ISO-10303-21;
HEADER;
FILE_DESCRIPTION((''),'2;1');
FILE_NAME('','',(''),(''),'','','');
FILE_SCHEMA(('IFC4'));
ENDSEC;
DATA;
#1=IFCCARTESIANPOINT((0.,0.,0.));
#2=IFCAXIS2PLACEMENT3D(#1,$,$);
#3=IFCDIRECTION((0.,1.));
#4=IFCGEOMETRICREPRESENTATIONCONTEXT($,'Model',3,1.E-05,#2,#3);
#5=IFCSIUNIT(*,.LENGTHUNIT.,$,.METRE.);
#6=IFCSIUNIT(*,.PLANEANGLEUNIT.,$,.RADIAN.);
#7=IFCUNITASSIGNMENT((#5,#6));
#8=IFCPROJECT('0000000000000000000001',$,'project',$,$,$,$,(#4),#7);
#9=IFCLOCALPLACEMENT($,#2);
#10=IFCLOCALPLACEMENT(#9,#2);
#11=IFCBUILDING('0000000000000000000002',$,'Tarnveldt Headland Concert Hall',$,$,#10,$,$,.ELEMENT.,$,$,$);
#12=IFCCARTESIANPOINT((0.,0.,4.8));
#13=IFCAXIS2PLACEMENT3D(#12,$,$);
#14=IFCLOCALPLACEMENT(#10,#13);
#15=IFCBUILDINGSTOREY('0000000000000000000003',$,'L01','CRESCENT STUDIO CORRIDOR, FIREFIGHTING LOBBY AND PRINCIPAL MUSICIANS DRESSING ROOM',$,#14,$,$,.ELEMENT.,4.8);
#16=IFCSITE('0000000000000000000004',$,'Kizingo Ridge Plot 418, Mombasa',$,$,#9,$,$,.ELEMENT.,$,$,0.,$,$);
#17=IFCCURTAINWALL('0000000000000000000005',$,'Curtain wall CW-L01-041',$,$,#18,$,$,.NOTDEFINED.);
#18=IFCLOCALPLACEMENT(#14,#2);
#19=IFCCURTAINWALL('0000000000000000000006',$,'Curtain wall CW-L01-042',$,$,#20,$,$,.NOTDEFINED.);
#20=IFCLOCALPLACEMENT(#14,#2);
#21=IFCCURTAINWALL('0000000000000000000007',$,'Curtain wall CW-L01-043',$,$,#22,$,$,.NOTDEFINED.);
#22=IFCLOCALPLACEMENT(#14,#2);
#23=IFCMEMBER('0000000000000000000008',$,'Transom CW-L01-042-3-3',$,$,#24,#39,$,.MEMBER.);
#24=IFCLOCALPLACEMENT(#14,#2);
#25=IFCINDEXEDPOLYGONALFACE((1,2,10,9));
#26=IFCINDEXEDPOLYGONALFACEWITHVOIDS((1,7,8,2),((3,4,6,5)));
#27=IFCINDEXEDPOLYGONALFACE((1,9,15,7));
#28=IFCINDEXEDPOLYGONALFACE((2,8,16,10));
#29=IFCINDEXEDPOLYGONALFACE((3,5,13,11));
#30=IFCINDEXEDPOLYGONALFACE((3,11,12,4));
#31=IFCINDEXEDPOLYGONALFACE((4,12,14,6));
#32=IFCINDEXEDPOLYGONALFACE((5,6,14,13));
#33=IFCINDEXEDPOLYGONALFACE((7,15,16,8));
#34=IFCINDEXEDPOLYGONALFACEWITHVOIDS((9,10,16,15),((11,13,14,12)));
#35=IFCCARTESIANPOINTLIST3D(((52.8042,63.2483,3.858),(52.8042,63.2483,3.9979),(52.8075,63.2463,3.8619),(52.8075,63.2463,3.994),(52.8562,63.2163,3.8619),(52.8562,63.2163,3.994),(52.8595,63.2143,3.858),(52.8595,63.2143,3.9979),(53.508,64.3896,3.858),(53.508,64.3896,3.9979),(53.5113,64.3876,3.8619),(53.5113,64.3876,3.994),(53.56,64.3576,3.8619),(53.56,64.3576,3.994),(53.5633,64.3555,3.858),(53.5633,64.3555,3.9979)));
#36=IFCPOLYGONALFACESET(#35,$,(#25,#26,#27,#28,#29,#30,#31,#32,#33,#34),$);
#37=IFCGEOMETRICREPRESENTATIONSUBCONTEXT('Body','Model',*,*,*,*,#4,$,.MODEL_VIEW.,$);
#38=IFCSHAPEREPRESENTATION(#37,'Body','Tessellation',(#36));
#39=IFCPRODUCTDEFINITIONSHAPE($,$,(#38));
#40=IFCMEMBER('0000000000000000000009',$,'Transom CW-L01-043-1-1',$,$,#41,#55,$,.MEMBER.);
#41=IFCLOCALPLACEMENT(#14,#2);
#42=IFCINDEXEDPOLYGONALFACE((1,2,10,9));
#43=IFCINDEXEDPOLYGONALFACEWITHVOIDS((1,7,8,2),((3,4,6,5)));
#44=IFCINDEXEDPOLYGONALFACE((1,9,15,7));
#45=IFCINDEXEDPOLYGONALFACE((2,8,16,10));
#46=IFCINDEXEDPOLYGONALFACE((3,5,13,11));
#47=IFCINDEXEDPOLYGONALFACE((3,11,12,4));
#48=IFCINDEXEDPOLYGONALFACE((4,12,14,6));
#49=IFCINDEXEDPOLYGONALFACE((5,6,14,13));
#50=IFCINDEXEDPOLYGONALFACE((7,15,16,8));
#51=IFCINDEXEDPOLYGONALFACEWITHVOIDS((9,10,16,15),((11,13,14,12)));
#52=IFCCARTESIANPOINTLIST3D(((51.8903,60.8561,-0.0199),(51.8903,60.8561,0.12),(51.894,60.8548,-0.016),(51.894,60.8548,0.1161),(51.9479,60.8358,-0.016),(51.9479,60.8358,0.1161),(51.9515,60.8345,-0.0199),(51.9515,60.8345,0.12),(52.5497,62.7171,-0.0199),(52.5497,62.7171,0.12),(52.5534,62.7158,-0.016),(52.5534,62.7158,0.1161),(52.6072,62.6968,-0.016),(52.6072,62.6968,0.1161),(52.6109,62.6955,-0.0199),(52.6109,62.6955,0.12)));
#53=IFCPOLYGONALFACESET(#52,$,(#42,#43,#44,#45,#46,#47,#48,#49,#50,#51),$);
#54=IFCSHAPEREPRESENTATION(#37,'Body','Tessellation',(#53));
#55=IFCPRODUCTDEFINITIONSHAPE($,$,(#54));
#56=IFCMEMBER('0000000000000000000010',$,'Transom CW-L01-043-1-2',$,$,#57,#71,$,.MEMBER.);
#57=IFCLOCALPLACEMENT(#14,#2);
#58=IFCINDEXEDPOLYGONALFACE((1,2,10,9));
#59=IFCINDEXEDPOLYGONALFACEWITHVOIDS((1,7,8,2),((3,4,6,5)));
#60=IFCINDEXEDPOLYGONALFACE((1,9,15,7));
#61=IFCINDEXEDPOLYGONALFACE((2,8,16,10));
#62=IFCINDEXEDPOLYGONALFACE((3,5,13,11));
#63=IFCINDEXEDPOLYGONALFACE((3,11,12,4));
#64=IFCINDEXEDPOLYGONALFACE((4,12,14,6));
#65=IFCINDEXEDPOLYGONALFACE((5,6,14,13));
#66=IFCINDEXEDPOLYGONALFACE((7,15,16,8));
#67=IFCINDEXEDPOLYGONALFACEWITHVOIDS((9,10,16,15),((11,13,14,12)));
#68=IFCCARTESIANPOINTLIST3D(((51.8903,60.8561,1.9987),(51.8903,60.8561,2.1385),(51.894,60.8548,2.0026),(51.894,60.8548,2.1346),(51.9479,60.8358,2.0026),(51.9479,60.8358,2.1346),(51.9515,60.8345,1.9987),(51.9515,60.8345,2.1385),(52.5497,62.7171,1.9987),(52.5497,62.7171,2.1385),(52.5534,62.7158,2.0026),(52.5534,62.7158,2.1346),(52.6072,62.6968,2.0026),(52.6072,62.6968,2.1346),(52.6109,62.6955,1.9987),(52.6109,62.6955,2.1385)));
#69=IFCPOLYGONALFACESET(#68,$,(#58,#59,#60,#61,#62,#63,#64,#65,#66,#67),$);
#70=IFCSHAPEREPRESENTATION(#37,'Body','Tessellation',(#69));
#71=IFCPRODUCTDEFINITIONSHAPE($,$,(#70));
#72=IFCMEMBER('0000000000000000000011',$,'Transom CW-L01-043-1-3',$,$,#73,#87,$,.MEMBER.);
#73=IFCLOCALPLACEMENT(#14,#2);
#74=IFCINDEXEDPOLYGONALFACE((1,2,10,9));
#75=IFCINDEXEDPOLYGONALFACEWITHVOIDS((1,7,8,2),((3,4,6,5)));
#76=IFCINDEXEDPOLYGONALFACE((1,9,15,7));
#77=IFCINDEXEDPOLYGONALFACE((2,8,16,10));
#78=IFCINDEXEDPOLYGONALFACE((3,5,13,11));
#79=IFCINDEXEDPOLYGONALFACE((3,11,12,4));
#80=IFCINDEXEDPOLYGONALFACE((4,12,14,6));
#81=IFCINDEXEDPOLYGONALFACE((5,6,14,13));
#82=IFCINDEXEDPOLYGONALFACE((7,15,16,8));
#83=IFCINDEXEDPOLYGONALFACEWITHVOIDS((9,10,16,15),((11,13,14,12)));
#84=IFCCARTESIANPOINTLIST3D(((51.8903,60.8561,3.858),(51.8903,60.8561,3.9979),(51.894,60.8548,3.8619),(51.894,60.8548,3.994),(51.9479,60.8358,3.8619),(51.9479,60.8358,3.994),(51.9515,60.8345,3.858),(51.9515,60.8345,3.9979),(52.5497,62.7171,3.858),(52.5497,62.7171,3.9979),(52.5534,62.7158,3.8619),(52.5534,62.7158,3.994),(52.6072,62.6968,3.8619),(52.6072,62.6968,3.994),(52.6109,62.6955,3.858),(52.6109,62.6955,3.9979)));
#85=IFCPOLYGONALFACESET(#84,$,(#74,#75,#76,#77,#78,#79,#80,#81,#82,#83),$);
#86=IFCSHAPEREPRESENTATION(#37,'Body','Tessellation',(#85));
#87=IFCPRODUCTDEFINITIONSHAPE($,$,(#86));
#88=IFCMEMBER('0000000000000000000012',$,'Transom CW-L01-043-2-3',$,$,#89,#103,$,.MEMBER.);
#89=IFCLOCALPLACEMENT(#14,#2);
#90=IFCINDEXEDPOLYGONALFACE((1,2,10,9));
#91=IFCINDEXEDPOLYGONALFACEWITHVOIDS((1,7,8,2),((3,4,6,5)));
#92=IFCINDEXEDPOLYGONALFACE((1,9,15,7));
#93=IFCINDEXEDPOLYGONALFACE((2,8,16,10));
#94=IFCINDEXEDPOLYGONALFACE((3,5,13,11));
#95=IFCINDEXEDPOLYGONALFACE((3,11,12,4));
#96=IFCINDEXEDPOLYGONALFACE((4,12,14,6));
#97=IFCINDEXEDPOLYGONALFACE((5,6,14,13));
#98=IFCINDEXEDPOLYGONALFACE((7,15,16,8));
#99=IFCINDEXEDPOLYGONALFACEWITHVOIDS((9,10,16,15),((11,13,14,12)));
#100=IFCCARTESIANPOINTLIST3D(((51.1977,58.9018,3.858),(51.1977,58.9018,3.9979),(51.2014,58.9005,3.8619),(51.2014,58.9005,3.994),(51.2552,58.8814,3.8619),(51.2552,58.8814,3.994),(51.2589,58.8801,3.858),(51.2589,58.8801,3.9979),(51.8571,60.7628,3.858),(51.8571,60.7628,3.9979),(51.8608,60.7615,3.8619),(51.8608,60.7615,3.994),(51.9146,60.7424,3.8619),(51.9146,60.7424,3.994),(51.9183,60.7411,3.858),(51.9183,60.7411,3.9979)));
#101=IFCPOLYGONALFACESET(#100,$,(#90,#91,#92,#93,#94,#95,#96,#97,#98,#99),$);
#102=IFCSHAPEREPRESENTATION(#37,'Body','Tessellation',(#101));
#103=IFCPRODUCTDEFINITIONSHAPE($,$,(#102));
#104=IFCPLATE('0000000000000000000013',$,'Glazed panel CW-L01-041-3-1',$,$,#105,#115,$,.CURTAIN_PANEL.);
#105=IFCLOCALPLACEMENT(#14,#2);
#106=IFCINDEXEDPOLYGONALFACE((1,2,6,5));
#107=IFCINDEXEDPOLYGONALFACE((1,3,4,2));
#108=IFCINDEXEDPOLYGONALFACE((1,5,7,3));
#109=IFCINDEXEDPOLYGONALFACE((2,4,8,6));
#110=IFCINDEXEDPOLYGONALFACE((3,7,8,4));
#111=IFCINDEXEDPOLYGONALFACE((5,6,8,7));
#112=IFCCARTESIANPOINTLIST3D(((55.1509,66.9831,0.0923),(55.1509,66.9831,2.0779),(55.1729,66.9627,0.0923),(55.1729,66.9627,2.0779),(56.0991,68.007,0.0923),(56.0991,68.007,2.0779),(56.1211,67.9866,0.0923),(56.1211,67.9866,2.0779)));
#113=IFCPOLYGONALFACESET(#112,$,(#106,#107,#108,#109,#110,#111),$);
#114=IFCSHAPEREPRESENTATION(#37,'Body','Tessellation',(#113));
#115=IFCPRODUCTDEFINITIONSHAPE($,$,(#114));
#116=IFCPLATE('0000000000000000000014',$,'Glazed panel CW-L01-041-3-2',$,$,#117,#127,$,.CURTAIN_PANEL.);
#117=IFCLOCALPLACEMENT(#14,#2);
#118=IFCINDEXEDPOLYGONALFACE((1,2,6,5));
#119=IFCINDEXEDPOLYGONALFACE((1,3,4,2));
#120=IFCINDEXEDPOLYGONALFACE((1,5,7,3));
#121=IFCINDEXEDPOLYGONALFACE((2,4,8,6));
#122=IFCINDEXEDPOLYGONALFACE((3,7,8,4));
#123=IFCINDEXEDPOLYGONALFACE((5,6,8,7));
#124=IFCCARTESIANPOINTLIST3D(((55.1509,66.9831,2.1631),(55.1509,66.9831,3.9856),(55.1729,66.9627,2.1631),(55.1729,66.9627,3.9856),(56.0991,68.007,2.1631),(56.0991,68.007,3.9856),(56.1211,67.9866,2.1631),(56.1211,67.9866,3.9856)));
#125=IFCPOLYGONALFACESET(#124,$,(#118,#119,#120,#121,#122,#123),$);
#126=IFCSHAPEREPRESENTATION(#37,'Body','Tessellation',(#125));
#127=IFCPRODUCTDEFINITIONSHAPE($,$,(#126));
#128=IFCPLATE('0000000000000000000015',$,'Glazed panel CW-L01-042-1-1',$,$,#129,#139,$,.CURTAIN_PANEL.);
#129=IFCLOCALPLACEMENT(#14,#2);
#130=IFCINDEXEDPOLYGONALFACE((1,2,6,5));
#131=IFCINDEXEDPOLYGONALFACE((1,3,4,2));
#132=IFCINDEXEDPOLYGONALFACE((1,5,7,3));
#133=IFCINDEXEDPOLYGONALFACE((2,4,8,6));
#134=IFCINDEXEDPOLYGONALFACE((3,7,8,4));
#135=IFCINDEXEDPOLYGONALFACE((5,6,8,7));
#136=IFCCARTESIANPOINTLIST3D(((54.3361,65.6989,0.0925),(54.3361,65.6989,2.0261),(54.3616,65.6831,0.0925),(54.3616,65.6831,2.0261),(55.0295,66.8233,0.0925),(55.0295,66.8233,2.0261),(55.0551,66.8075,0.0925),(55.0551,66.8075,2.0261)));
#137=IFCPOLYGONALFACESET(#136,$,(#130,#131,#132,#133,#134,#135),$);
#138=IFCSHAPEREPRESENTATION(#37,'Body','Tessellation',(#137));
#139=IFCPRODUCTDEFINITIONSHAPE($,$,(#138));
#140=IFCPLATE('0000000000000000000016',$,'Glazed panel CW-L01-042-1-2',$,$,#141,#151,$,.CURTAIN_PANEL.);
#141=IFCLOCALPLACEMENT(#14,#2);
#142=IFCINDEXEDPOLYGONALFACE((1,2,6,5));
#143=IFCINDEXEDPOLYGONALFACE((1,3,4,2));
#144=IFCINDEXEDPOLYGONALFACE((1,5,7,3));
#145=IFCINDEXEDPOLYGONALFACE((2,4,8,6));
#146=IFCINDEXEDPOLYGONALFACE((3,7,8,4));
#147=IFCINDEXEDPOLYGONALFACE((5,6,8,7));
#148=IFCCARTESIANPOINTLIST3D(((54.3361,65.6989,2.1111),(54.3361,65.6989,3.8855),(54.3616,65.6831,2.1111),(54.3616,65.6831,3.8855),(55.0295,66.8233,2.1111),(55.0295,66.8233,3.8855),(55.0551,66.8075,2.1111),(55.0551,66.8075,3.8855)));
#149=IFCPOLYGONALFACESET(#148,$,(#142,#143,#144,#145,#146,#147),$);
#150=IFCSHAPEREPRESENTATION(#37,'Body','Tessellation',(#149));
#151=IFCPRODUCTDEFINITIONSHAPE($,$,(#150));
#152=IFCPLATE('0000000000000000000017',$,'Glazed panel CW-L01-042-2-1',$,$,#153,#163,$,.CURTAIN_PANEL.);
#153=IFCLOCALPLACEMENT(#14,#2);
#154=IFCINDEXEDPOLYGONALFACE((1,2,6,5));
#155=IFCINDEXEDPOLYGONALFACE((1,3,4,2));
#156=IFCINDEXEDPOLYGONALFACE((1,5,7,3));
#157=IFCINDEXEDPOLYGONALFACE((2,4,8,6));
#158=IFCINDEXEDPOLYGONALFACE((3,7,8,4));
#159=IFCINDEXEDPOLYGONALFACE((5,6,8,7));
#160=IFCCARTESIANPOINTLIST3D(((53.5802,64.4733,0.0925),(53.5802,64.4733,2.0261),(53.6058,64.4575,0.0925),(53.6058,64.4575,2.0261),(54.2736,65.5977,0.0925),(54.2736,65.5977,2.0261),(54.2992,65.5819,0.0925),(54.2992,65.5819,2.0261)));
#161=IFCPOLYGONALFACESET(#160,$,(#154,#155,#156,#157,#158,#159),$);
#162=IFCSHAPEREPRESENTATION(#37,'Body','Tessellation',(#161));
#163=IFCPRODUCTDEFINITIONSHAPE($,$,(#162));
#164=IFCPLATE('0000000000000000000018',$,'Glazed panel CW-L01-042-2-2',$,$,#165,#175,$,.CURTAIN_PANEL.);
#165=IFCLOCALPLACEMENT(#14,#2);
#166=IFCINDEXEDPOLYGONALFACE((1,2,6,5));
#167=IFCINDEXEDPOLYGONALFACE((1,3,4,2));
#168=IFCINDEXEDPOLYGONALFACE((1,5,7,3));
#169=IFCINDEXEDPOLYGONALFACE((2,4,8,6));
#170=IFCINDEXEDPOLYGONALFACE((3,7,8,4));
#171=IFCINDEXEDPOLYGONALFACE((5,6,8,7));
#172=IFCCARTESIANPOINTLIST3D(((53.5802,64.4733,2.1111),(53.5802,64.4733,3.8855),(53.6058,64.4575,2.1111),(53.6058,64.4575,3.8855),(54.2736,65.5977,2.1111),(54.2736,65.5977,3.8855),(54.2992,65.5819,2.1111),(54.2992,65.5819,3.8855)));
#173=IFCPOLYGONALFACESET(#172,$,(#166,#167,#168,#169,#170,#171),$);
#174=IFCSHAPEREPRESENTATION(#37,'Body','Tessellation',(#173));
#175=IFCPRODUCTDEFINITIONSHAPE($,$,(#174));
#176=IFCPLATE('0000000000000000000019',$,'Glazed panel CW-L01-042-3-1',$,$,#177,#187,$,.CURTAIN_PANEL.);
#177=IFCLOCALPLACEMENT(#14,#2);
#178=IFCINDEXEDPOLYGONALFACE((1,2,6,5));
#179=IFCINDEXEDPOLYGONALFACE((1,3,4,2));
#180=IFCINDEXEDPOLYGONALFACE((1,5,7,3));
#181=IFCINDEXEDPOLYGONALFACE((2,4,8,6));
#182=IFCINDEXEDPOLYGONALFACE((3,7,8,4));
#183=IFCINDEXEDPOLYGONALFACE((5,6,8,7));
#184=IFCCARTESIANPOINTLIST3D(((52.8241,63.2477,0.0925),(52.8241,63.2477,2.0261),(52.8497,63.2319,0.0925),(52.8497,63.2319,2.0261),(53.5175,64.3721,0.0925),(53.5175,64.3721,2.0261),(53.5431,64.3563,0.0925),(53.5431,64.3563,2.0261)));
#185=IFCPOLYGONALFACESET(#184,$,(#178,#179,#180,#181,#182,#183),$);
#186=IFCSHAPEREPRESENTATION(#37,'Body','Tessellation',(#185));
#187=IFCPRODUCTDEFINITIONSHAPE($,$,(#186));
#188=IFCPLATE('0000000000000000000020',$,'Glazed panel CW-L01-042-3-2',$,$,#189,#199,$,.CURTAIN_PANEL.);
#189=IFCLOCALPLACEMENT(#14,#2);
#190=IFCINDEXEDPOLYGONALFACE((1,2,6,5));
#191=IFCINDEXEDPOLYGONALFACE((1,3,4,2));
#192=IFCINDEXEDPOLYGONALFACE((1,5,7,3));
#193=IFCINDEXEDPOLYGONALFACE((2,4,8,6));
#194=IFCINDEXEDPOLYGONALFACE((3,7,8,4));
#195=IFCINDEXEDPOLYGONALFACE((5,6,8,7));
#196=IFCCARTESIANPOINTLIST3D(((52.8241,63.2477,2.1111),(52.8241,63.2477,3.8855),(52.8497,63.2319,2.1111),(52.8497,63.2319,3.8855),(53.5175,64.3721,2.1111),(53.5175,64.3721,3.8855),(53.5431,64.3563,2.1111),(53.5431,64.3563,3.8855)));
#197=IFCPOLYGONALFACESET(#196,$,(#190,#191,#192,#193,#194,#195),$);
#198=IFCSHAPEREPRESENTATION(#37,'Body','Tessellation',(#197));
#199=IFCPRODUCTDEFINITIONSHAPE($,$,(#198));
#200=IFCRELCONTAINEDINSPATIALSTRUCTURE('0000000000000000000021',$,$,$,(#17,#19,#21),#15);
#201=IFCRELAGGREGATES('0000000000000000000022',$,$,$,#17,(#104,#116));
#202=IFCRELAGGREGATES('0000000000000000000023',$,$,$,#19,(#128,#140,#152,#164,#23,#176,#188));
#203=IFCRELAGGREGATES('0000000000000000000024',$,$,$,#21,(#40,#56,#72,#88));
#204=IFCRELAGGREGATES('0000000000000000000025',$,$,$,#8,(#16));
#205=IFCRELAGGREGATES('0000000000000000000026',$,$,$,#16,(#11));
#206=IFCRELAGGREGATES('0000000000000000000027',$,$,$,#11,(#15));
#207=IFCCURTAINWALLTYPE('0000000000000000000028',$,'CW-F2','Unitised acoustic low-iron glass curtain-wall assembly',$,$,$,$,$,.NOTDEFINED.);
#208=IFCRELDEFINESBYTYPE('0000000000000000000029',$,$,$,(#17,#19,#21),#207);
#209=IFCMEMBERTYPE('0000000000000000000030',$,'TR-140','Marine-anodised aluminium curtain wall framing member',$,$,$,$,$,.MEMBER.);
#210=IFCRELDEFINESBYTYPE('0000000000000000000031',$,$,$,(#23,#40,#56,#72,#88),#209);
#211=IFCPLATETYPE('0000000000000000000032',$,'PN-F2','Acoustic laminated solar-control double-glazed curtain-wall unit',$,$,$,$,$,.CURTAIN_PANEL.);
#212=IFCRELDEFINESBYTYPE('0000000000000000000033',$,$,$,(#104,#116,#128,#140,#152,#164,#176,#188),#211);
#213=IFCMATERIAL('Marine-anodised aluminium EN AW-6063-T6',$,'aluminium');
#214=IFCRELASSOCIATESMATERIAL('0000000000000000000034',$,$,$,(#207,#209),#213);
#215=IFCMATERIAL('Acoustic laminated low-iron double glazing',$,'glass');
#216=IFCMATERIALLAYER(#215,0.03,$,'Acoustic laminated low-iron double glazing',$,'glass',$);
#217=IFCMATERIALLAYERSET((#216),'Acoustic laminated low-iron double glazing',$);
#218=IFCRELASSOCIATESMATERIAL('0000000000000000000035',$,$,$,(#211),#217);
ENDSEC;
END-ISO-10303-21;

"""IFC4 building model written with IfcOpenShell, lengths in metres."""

from ifc_helpers import new_model, si_unit, direction, frame, origin, origin_2d, place, context, subcontext, project, spatial, rectangle, hollow_rectangle, extrude, material, layer, layer_set, material_profile, profile_set, type_object, element, aggregate, save


model = new_model("IFC4")

# Units and contexts
model_context = context("Model", 3, precision=1e-05, world=origin(), true_north=direction((0.0, 1.0)))
body_context = subcontext(model_context, "Body", "Model", "MODEL_VIEW")
ifc_project = project(units=[si_unit("LENGTHUNIT", "METRE"), si_unit("PLANEANGLEUNIT", "RADIAN")], contexts=[model_context])

# Site, building, storey
site_placement = place(None, origin())
site = spatial("IfcSite", under=ifc_project, at=site_placement, Name="Kizingo Ridge Plot 418, Mombasa", CompositionType="ELEMENT", RefElevation=0.0)
building_placement = place(site_placement, origin())
building = spatial("IfcBuilding", under=site, at=building_placement, Name="Tarnveldt Headland Concert Hall", CompositionType="ELEMENT")
storey_placement = place(building_placement, frame((0.0, 0.0, 4.8)))
storey = spatial("IfcBuildingStorey", under=building, at=storey_placement, Name="L01", Description="CRESCENT STUDIO CORRIDOR, FIREFIGHTING LOBBY AND PRINCIPAL MUSICIANS DRESSING ROOM", CompositionType="ELEMENT", Elevation=4.8)

# Curtain wall
ifc_material_1 = material(Name="Marine-anodised aluminium EN AW-6063-T6", Category="aluminium")
curtain_wall_type = type_object("IfcCurtainWallType", Name="CW-F2", Description="Unitised acoustic low-iron glass curtain-wall assembly", PredefinedType="NOTDEFINED", material=ifc_material_1)
curtain_wall_1_placement = place(storey_placement, origin())
curtain_wall_1 = element("IfcCurtainWall", 1, at=curtain_wall_1_placement, inside=storey, type_object=curtain_wall_type, Name="Curtain wall CW-L01-041", PredefinedType="NOTDEFINED")

# Curtain walls
curtain_wall_2_placement = place(storey_placement, origin())
curtain_wall_2 = element("IfcCurtainWall", 2, at=curtain_wall_2_placement, inside=storey, type_object=curtain_wall_type, Name="Curtain wall CW-L01-042", PredefinedType="NOTDEFINED")
curtain_wall_3_placement = place(storey_placement, origin())
curtain_wall_3 = element("IfcCurtainWall", 3, at=curtain_wall_3_placement, inside=storey, type_object=curtain_wall_type, Name="Curtain wall CW-L01-043", PredefinedType="NOTDEFINED")

# Members
ifc_material_profile_1 = material_profile(ifc_material_1, hollow_rectangle(XDim=0.0649, YDim=0.1399, WallThickness=0.0039, at=origin_2d()), Name="ALU TRANSOM 65x140x4", Category="aluminium")
ifc_profile_set_1 = profile_set([ifc_material_profile_1], Name="Marine-anodised aluminium EN AW-6063-T6")
member_type_1 = type_object("IfcMemberType", Name="TR-140", Description="Marine-anodised aluminium curtain wall framing member", PredefinedType="MEMBER", material=ifc_profile_set_1)
member_1_placement = place(storey_placement, frame((53.5356, 64.3726, 3.928), z_axis=(-0.5249, -0.851164, 0.0), x_axis=(0.851164, -0.5249, 0.0)))
member_1 = element("IfcMember", 4, at=member_1_placement, type_object=member_type_1, Name="Transom CW-L01-042-3-3", PredefinedType="MEMBER", context=body_context, shape_type="SweptSolid", body=[
    extrude(hollow_rectangle(XDim=0.0649, YDim=0.1399, WallThickness=0.0039, at=origin_2d()), origin(), (0.0, 0.0, 1.0), 1.3408),
])
member_2_placement = place(storey_placement, frame((52.5803, 62.7063, 0.05), z_axis=(-0.333978, -0.942581, 0.0), x_axis=(0.942581, -0.333978, 0.0)))
member_2 = element("IfcMember", 5, at=member_2_placement, type_object=member_type_1, Name="Transom CW-L01-043-1-1", PredefinedType="MEMBER", context=body_context, shape_type="SweptSolid", body=[
    extrude(hollow_rectangle(XDim=0.0649, YDim=0.1399, WallThickness=0.0039, at=origin_2d()), origin(), (0.0, 0.0, 1.0), 1.9744),
])
member_3_placement = place(storey_placement, frame((52.5803, 62.7063, 2.0686), z_axis=(-0.333978, -0.942581, 0.0), x_axis=(0.942581, -0.333978, 0.0)))
member_3 = element("IfcMember", 6, at=member_3_placement, type_object=member_type_1, Name="Transom CW-L01-043-1-2", PredefinedType="MEMBER", context=body_context, shape_type="SweptSolid", body=[
    extrude(hollow_rectangle(XDim=0.0649, YDim=0.1399, WallThickness=0.0039, at=origin_2d()), origin(), (0.0, 0.0, 1.0), 1.9744),
])
member_4_placement = place(storey_placement, frame((52.5803, 62.7063, 3.928), z_axis=(-0.333978, -0.942581, 0.0), x_axis=(0.942581, -0.333978, 0.0)))
member_4 = element("IfcMember", 7, at=member_4_placement, type_object=member_type_1, Name="Transom CW-L01-043-1-3", PredefinedType="MEMBER", context=body_context, shape_type="SweptSolid", body=[
    extrude(hollow_rectangle(XDim=0.0649, YDim=0.1399, WallThickness=0.0039, at=origin_2d()), origin(), (0.0, 0.0, 1.0), 1.9744),
])
member_5_placement = place(storey_placement, frame((51.8877, 60.752, 3.928), z_axis=(-0.333978, -0.942581, 0.0), x_axis=(0.942581, -0.333978, 0.0)))
member_5 = element("IfcMember", 8, at=member_5_placement, type_object=member_type_1, Name="Transom CW-L01-043-2-3", PredefinedType="MEMBER", context=body_context, shape_type="SweptSolid", body=[
    extrude(hollow_rectangle(XDim=0.0649, YDim=0.1399, WallThickness=0.0039, at=origin_2d()), origin(), (0.0, 0.0, 1.0), 1.9744),
])

# Plates
ifc_material_2 = material(Name="Acoustic laminated low-iron double glazing", Category="glass")
ifc_layer_1 = layer(ifc_material_2, 0.03, Name="Acoustic laminated low-iron double glazing", Category="glass")
ifc_layer_set_1 = layer_set([ifc_layer_1], Name="Acoustic laminated low-iron double glazing")
plate_type = type_object("IfcPlateType", Name="PN-F2", Description="Acoustic laminated solar-control double-glazed curtain-wall unit", PredefinedType="CURTAIN_PANEL", material=ifc_layer_set_1)
plate_1_placement = place(storey_placement, frame((55.636, 67.4849, 0.0923), z_axis=(0.0, 0.0, 1.0), x_axis=(-0.679454, -0.733718, 0.0)))
plate_1 = element("IfcPlate", 9, at=plate_1_placement, type_object=plate_type, Name="Glazed panel CW-L01-041-3-1", PredefinedType="CURTAIN_PANEL", context=body_context, shape_type="SweptSolid", body=[
    extrude(rectangle(XDim=1.3955, YDim=0.03, at=origin_2d()), origin(), (0.0, 0.0, 1.0), 1.9856),
])
plate_2_placement = place(storey_placement, frame((55.636, 67.4849, 2.1631), z_axis=(0.0, 0.0, 1.0), x_axis=(-0.679454, -0.733718, 0.0)))
plate_2 = element("IfcPlate", 10, at=plate_2_placement, type_object=plate_type, Name="Glazed panel CW-L01-041-3-2", PredefinedType="CURTAIN_PANEL", context=body_context, shape_type="SweptSolid", body=[
    extrude(rectangle(XDim=1.3955, YDim=0.03, at=origin_2d()), origin(), (0.0, 0.0, 1.0), 1.8225),
])
aggregate(curtain_wall_1, [plate_1, plate_2])
plate_3_placement = place(storey_placement, frame((54.6956, 66.2532, 0.0925), z_axis=(0.0, 0.0, 1.0), x_axis=(-0.524922, -0.85115, 0.0)))
plate_3 = element("IfcPlate", 11, at=plate_3_placement, type_object=plate_type, Name="Glazed panel CW-L01-042-1-1", PredefinedType="CURTAIN_PANEL", context=body_context, shape_type="SweptSolid", body=[
    extrude(rectangle(XDim=1.321, YDim=0.03, at=origin_2d()), origin(), (0.0, 0.0, 1.0), 1.9336),
])
plate_4_placement = place(storey_placement, frame((54.6956, 66.2532, 2.1111), z_axis=(0.0, 0.0, 1.0), x_axis=(-0.524922, -0.85115, 0.0)))
plate_4 = element("IfcPlate", 12, at=plate_4_placement, type_object=plate_type, Name="Glazed panel CW-L01-042-1-2", PredefinedType="CURTAIN_PANEL", context=body_context, shape_type="SweptSolid", body=[
    extrude(rectangle(XDim=1.321, YDim=0.03, at=origin_2d()), origin(), (0.0, 0.0, 1.0), 1.7744),
])
plate_5_placement = place(storey_placement, frame((53.9397, 65.0276, 0.0925), z_axis=(0.0, 0.0, 1.0), x_axis=(-0.524922, -0.85115, 0.0)))
plate_5 = element("IfcPlate", 13, at=plate_5_placement, type_object=plate_type, Name="Glazed panel CW-L01-042-2-1", PredefinedType="CURTAIN_PANEL", context=body_context, shape_type="SweptSolid", body=[
    extrude(rectangle(XDim=1.321, YDim=0.03, at=origin_2d()), origin(), (0.0, 0.0, 1.0), 1.9336),
])
plate_6_placement = place(storey_placement, frame((53.9397, 65.0276, 2.1111), z_axis=(0.0, 0.0, 1.0), x_axis=(-0.524922, -0.85115, 0.0)))
plate_6 = element("IfcPlate", 14, at=plate_6_placement, type_object=plate_type, Name="Glazed panel CW-L01-042-2-2", PredefinedType="CURTAIN_PANEL", context=body_context, shape_type="SweptSolid", body=[
    extrude(rectangle(XDim=1.321, YDim=0.03, at=origin_2d()), origin(), (0.0, 0.0, 1.0), 1.7744),
])
plate_7_placement = place(storey_placement, frame((53.1836, 63.802, 0.0925), z_axis=(0.0, 0.0, 1.0), x_axis=(-0.524922, -0.85115, 0.0)))
plate_7 = element("IfcPlate", 15, at=plate_7_placement, type_object=plate_type, Name="Glazed panel CW-L01-042-3-1", PredefinedType="CURTAIN_PANEL", context=body_context, shape_type="SweptSolid", body=[
    extrude(rectangle(XDim=1.321, YDim=0.03, at=origin_2d()), origin(), (0.0, 0.0, 1.0), 1.9336),
])
plate_8_placement = place(storey_placement, frame((53.1836, 63.802, 2.1111), z_axis=(0.0, 0.0, 1.0), x_axis=(-0.524922, -0.85115, 0.0)))
plate_8 = element("IfcPlate", 16, at=plate_8_placement, type_object=plate_type, Name="Glazed panel CW-L01-042-3-2", PredefinedType="CURTAIN_PANEL", context=body_context, shape_type="SweptSolid", body=[
    extrude(rectangle(XDim=1.321, YDim=0.03, at=origin_2d()), origin(), (0.0, 0.0, 1.0), 1.7744),
])
aggregate(curtain_wall_2, [plate_3, plate_4, plate_5, plate_6, member_1, plate_7, plate_8])
aggregate(curtain_wall_3, [member_2, member_3, member_4, member_5])

save(model, "model.ifc")
